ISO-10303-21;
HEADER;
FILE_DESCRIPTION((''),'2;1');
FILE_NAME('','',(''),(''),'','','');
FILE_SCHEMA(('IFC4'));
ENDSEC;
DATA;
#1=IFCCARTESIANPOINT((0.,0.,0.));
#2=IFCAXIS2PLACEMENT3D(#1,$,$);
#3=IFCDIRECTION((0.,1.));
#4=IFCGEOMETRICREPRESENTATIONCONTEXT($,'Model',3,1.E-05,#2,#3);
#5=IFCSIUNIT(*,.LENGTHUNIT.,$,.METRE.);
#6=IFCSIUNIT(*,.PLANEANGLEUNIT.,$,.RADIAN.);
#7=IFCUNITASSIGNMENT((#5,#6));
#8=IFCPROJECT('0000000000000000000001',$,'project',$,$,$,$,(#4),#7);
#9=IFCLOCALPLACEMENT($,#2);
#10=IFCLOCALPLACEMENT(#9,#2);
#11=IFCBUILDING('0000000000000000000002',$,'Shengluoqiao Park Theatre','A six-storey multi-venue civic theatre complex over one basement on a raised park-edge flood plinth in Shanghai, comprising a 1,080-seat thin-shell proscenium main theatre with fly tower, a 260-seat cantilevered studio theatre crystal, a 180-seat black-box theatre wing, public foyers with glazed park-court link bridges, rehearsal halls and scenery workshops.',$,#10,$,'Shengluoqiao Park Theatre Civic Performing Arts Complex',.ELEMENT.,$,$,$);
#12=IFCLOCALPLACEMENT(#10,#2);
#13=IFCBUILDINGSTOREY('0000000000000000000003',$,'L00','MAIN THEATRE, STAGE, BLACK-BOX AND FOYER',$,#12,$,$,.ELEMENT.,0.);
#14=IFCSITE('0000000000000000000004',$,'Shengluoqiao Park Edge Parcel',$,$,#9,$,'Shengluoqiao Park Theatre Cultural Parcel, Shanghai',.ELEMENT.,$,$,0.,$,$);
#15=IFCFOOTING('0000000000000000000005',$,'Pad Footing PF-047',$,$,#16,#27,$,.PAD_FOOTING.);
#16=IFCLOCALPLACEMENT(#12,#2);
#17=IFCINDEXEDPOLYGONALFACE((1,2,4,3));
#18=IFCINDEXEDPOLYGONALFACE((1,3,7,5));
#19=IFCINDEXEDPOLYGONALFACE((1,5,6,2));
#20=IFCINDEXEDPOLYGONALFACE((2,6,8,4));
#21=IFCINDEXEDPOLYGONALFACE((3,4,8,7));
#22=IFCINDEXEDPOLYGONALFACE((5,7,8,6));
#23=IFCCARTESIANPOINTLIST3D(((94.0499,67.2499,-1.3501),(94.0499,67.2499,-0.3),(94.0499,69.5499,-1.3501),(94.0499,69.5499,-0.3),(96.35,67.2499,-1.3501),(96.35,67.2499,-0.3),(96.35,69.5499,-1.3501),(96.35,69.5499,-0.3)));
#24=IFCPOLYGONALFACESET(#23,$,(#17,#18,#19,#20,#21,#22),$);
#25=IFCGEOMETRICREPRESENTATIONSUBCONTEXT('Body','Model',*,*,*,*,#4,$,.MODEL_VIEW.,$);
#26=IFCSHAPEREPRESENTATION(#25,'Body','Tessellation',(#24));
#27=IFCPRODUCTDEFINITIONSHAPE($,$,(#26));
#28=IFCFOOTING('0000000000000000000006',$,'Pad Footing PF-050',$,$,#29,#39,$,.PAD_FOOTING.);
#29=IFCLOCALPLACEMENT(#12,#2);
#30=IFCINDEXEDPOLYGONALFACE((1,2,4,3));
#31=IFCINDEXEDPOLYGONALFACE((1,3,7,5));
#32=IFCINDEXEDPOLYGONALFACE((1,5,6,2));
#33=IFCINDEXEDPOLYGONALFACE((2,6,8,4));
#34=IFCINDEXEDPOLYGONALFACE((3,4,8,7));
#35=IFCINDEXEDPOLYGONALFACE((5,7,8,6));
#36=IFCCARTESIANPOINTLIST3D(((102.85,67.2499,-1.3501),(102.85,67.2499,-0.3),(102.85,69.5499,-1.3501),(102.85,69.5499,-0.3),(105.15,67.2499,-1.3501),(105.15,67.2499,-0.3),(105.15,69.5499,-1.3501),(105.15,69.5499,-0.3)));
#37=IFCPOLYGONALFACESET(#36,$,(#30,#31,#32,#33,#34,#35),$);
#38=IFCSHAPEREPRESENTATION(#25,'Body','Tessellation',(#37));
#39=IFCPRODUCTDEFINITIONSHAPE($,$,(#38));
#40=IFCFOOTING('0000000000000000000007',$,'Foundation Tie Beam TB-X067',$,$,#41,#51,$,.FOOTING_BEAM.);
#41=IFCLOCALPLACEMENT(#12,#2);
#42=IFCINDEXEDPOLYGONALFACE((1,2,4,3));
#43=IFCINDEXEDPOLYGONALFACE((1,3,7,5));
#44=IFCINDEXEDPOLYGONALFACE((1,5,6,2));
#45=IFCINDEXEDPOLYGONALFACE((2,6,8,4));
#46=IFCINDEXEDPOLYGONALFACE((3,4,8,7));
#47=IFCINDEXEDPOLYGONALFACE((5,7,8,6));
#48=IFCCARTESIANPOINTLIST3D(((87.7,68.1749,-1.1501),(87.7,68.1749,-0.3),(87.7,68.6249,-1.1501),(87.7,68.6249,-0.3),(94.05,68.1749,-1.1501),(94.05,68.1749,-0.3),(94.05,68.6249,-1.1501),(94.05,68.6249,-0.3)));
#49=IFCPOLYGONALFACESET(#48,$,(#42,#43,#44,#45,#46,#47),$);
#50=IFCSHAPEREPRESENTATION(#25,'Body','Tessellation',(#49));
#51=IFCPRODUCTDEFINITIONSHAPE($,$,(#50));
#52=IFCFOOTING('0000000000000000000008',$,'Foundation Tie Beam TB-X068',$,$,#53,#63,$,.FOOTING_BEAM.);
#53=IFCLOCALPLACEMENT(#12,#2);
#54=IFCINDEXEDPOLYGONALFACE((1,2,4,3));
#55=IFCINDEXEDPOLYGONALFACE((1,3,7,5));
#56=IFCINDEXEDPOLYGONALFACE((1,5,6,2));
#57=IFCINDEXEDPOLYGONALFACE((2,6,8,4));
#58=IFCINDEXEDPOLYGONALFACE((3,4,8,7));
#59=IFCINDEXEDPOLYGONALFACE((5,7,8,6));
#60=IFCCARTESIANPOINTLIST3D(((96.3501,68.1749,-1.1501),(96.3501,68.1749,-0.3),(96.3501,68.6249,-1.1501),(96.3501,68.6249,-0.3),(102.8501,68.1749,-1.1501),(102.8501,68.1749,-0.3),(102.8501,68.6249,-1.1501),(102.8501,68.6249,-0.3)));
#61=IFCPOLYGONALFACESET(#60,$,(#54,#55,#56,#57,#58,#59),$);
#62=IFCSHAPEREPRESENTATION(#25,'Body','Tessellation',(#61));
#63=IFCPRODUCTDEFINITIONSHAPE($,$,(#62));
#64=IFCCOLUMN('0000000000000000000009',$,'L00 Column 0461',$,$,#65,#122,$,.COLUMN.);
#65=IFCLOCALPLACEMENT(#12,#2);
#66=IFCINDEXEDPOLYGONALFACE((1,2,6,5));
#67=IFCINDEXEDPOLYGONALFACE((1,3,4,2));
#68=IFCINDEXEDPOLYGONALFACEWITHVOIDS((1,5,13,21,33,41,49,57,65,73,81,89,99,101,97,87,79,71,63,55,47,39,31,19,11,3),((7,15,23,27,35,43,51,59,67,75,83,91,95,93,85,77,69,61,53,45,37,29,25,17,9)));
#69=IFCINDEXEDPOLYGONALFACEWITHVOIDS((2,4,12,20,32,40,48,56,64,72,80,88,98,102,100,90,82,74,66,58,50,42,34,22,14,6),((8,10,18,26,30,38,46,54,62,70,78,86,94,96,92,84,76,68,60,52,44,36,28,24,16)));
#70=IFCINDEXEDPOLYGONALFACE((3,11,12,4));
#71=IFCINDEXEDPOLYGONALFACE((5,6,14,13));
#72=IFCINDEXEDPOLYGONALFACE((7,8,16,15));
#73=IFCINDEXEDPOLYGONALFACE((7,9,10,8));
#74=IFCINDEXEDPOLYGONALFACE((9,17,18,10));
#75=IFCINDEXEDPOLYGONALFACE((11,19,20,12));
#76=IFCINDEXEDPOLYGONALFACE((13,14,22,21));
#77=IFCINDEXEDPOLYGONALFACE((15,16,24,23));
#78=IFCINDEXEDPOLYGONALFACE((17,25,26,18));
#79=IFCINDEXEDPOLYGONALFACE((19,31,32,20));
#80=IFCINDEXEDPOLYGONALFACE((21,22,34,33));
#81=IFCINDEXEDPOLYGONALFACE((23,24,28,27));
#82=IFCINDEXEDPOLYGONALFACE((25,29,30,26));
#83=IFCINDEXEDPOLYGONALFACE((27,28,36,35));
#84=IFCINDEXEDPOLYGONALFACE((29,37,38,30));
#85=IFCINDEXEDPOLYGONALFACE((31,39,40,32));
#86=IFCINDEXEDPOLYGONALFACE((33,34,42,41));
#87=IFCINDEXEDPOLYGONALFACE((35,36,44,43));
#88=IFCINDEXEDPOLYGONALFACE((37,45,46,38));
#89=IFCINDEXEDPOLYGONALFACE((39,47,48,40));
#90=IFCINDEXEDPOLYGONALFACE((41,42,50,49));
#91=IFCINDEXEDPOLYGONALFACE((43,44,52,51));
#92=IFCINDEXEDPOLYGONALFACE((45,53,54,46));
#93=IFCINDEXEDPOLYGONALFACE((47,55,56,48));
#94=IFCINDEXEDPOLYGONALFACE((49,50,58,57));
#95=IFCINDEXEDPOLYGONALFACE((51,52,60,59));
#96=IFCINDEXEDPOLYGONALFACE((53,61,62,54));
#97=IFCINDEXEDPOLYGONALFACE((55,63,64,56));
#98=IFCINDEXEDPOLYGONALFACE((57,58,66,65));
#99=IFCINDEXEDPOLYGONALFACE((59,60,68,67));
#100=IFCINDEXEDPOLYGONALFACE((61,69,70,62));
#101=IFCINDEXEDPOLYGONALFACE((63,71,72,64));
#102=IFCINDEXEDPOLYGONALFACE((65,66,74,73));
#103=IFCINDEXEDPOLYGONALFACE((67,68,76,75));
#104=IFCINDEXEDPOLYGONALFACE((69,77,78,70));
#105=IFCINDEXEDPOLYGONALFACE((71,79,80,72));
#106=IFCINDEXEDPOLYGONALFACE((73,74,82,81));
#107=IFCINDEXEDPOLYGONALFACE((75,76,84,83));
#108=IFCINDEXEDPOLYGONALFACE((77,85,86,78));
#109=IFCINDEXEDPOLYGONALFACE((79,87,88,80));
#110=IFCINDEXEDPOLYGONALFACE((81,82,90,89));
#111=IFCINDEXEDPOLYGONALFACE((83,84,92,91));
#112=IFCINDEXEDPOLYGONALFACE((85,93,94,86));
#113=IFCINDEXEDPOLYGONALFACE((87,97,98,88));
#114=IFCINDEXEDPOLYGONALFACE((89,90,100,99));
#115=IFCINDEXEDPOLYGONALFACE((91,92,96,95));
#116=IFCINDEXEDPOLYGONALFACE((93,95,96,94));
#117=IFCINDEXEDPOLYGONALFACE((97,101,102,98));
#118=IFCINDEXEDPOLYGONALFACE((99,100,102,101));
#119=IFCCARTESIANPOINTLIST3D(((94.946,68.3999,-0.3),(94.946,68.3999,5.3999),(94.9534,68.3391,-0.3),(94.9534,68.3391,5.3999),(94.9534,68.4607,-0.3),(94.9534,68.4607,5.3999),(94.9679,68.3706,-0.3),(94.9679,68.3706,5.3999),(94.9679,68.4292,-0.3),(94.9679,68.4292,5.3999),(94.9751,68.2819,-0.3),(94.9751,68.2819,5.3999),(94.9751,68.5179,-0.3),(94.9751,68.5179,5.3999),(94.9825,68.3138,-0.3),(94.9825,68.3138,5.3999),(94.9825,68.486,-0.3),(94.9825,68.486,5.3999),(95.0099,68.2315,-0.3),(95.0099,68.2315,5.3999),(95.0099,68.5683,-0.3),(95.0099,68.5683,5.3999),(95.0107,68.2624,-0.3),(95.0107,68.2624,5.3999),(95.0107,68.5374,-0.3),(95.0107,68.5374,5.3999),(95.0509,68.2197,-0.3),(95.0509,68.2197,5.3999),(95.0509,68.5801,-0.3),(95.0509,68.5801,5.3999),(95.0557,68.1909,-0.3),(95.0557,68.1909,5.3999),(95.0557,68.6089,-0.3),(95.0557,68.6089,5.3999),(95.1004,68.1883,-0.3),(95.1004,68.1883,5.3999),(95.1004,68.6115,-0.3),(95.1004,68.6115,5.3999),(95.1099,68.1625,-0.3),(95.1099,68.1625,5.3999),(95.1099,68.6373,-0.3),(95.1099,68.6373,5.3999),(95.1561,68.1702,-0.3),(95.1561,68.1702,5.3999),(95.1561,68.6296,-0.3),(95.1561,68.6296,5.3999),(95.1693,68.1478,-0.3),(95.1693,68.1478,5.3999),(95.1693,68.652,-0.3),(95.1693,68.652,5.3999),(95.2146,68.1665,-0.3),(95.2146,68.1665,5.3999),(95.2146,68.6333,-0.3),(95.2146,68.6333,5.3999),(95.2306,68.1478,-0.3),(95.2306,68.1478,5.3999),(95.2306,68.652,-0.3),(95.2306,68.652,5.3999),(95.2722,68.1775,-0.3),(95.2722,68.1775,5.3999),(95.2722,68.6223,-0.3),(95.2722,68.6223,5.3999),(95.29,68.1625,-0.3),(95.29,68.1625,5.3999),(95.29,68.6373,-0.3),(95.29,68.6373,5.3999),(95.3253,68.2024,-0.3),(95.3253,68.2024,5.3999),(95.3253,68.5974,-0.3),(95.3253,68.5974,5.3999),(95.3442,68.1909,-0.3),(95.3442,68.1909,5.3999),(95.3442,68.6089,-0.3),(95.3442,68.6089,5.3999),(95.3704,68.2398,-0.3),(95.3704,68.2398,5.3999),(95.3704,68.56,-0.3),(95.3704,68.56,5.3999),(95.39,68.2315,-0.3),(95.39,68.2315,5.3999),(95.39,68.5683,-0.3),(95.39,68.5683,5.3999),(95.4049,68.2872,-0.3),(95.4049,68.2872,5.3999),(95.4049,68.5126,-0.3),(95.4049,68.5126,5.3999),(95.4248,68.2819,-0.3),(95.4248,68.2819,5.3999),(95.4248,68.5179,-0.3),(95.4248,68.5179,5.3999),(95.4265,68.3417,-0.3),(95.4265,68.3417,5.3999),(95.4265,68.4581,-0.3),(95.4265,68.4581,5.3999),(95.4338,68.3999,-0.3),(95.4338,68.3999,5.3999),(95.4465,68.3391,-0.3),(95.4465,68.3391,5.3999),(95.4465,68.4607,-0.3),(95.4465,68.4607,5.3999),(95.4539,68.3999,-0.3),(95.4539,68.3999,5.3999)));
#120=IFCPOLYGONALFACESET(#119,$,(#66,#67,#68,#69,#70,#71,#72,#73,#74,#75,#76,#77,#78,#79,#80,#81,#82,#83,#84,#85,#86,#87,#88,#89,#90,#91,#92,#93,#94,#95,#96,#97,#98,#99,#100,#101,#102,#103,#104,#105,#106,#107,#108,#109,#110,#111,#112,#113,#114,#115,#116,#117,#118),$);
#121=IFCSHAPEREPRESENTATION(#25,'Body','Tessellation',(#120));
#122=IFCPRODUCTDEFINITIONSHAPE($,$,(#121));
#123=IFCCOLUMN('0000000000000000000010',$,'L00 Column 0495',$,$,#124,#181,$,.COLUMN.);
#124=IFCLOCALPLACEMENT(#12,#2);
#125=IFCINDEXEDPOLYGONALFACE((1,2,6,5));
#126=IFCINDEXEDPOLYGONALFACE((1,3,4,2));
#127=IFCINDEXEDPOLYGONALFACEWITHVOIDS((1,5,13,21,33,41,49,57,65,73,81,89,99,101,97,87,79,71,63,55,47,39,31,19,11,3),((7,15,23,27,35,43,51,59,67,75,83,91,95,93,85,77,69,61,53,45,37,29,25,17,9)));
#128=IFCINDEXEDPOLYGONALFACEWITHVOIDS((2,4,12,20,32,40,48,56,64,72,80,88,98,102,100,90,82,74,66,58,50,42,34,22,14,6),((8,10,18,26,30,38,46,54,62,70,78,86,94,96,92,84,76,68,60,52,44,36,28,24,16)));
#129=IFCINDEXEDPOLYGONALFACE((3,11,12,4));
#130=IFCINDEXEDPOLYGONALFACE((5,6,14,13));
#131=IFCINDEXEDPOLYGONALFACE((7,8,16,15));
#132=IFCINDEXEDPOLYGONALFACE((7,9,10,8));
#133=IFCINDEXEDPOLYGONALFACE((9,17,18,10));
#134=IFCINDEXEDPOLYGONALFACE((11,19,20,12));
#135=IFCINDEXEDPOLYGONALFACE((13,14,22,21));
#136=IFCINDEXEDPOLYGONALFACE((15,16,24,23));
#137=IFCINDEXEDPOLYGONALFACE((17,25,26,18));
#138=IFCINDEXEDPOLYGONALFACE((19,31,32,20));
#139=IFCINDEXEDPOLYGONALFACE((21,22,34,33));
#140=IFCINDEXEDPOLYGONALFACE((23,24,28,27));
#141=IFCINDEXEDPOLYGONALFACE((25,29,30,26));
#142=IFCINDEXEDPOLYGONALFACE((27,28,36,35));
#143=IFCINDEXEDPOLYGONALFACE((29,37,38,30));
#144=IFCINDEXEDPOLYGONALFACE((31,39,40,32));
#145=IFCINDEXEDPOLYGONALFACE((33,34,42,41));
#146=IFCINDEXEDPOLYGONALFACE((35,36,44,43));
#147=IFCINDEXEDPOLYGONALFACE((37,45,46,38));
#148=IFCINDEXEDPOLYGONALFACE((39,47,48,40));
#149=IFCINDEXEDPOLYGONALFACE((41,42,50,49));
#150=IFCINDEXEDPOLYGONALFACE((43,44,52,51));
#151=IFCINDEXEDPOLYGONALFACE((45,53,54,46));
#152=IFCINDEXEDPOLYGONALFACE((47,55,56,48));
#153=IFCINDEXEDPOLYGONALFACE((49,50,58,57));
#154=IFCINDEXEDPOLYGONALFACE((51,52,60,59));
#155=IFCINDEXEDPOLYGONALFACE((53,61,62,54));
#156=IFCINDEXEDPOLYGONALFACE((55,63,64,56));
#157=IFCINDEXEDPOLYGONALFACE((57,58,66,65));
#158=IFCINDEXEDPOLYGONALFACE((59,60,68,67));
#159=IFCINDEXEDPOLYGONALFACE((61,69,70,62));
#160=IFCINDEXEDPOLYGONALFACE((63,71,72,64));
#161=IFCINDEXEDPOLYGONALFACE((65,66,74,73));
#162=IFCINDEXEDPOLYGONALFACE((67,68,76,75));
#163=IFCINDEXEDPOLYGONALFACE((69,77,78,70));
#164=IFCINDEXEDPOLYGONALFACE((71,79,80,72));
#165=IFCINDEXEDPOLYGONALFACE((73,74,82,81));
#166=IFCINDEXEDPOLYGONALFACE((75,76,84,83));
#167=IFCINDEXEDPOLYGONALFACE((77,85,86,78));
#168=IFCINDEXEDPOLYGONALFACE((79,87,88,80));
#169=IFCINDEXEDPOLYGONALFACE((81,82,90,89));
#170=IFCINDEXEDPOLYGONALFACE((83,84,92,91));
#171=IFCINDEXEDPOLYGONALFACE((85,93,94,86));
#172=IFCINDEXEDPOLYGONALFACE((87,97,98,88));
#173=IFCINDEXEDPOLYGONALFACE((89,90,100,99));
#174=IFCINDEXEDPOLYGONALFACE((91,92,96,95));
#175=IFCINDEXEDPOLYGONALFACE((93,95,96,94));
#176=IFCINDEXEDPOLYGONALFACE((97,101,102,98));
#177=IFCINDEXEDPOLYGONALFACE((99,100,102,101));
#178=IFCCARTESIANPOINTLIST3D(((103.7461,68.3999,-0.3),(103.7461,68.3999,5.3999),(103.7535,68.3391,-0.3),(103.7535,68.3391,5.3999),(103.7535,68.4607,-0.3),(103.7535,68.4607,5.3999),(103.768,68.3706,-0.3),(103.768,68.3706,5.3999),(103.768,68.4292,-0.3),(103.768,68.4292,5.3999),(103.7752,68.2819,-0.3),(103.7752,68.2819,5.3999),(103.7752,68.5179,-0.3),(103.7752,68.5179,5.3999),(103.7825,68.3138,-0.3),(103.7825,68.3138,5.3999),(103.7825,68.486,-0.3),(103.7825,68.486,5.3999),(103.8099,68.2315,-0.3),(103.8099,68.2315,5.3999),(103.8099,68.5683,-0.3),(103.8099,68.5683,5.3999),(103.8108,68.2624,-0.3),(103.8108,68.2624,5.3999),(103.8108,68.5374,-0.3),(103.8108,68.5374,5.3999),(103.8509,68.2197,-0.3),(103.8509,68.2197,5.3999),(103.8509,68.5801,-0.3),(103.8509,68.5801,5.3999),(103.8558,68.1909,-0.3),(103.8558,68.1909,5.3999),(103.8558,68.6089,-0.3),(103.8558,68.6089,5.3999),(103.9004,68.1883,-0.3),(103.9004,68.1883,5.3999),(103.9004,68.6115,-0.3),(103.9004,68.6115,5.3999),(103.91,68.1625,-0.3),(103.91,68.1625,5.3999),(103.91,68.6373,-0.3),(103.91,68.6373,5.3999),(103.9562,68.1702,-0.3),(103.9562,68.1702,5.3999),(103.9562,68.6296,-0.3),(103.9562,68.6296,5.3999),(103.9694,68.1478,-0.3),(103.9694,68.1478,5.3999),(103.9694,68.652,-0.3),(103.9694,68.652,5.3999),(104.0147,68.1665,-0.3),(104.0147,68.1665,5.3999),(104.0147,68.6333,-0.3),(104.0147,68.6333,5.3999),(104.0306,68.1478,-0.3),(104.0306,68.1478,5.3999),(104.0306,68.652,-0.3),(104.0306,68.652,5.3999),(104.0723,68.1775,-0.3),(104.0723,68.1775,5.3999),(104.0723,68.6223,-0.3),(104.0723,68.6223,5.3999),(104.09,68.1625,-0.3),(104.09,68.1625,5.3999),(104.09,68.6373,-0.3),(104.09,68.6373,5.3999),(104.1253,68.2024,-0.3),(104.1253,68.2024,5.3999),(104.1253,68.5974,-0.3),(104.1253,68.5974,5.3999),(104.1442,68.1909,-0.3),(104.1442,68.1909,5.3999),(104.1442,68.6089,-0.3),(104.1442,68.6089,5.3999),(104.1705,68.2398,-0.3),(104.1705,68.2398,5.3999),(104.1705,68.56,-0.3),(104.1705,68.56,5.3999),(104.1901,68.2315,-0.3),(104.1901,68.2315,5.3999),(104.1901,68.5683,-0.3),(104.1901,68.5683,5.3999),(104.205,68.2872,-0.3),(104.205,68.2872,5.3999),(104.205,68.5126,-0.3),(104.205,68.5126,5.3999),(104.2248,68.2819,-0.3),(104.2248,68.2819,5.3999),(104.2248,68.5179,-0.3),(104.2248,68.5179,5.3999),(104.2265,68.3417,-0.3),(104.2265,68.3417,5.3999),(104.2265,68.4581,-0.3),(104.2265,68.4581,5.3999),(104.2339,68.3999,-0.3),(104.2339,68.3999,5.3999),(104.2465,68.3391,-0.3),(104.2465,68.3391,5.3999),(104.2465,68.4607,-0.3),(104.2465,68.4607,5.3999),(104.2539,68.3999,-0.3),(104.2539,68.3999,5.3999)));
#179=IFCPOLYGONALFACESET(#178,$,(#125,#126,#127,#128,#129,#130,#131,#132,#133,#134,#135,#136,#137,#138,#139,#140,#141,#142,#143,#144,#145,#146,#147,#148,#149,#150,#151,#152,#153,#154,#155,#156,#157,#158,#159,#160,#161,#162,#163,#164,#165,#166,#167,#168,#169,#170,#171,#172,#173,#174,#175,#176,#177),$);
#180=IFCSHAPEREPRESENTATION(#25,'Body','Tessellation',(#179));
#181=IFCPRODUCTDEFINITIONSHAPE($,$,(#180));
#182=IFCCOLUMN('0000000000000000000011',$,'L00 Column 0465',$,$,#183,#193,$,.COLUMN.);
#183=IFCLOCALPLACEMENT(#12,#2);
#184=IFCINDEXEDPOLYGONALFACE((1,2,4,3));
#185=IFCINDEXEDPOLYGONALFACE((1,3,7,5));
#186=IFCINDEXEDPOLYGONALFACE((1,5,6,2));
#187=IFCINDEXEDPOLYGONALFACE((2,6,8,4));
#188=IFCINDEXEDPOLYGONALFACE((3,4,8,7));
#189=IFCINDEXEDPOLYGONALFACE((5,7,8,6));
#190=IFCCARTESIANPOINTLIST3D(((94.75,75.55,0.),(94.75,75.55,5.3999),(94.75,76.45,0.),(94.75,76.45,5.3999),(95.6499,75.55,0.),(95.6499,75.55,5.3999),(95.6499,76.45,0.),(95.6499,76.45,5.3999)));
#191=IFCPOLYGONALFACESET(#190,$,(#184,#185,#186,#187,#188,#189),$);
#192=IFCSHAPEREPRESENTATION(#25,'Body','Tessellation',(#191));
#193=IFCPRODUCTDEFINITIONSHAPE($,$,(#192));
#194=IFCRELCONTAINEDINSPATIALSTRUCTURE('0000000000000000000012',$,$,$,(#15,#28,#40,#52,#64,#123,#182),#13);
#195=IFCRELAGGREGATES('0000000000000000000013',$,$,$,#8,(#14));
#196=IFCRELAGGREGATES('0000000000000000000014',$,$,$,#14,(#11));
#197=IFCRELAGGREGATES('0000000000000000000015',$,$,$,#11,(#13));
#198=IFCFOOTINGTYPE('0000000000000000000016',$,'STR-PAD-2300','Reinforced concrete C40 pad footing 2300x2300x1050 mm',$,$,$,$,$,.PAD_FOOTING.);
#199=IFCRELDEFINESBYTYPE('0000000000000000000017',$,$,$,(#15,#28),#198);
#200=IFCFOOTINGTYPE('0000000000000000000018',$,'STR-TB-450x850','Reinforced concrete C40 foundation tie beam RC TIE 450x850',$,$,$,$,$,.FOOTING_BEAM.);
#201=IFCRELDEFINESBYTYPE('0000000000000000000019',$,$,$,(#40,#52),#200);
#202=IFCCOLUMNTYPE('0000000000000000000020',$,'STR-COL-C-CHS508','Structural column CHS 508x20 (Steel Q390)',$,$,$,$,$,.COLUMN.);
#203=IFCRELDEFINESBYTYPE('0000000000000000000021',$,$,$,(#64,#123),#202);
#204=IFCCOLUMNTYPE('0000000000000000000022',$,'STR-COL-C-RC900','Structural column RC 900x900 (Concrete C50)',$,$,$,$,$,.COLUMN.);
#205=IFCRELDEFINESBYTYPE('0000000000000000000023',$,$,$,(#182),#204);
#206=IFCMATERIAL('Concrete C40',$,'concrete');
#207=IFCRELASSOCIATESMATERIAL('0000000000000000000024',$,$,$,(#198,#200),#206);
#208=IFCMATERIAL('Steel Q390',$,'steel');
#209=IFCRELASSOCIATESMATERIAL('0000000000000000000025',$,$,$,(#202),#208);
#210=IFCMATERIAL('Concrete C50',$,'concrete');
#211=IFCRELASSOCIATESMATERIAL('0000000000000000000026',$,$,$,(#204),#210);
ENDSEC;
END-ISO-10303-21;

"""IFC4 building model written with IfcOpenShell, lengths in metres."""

from ifc_helpers import new_model, si_unit, direction, frame, origin, origin_2d, place, context, subcontext, project, spatial, rectangle, hollow_circle, extrude, material, material_profile, profile_set, type_object, element, save


model = new_model("IFC4")

# Units and contexts
model_context = context("Model", 3, precision=1e-05, world=origin(), true_north=direction((0.0, 1.0)))
body_context = subcontext(model_context, "Body", "Model", "MODEL_VIEW")
ifc_project = project(units=[si_unit("LENGTHUNIT", "METRE"), si_unit("PLANEANGLEUNIT", "RADIAN")], contexts=[model_context])

# Site, building, storey
site_placement = place(None, origin())
site = spatial("IfcSite", under=ifc_project, at=site_placement, Name="Shengluoqiao Park Edge Parcel", LongName="Shengluoqiao Park Theatre Cultural Parcel, Shanghai", CompositionType="ELEMENT", RefElevation=0.0)
building_placement = place(site_placement, origin())
building = spatial("IfcBuilding", under=site, at=building_placement, Name="Shengluoqiao Park Theatre", Description="A six-storey multi-venue civic theatre complex over one basement on a raised park-edge flood plinth in Shanghai, comprising a 1,080-seat thin-shell proscenium main theatre with fly tower, a 260-seat cantilevered studio theatre crystal, a 180-seat black-box theatre wing, public foyers with glazed park-court link bridges, rehearsal halls and scenery workshops.", LongName="Shengluoqiao Park Theatre Civic Performing Arts Complex", CompositionType="ELEMENT")
storey_placement = place(building_placement, origin())
storey = spatial("IfcBuildingStorey", under=building, at=storey_placement, Name="L00", Description="MAIN THEATRE, STAGE, BLACK-BOX AND FOYER", CompositionType="ELEMENT", Elevation=0.0)

# Footings
ifc_material_1 = material(Name="Concrete C40", Category="concrete")
footing_type_1 = type_object("IfcFootingType", Name="STR-PAD-2300", Description="Reinforced concrete C40 pad footing 2300x2300x1050 mm", PredefinedType="PAD_FOOTING", material=ifc_material_1)
for number, where, z_axis, x_axis, name in (
    (1, (95.2, 68.3999, -1.3501), (0.0, 0.0, 1.0), (1.0, 0.0, 0.0), "Pad Footing PF-047"),
    (2, (104.0, 68.3999, -1.3501), (0.0, 0.0, 1.0), (1.0, 0.0, 0.0), "Pad Footing PF-050"),
):
    element("IfcFooting", number, at=place(storey_placement, frame(where, z_axis=z_axis, x_axis=x_axis)), inside=storey, type_object=footing_type_1, Name=name, PredefinedType="PAD_FOOTING", context=body_context, shape_type="SweptSolid", body=[
        extrude(rectangle(XDim=2.3, YDim=2.3, at=origin_2d()), origin(), (0.0, 0.0, 1.0), 1.05),
    ])
ifc_material_profile_1 = material_profile(ifc_material_1, rectangle(XDim=0.45, YDim=0.8501, at=origin_2d()), Name="RC TIE 450x850")
ifc_profile_set_1 = profile_set([ifc_material_profile_1], Name="Concrete C40")
footing_type_2 = type_object("IfcFootingType", Name="STR-TB-450x850", Description="Reinforced concrete C40 foundation tie beam RC TIE 450x850", PredefinedType="FOOTING_BEAM", material=ifc_profile_set_1)
footing_1_placement = place(storey_placement, frame((87.7, 68.3999, -0.7251), z_axis=(1.0, 0.0, 0.0), x_axis=(0.0, 1.0, 0.0)))
element("IfcFooting", 3, at=footing_1_placement, inside=storey, type_object=footing_type_2, Name="Foundation Tie Beam TB-X067", PredefinedType="FOOTING_BEAM", context=body_context, shape_type="SweptSolid", body=[
    extrude(rectangle(XDim=0.45, YDim=0.8501, at=origin_2d()), origin(), (0.0, 0.0, 1.0), 6.3501),
])
footing_2_placement = place(storey_placement, frame((96.3501, 68.3999, -0.7251), z_axis=(1.0, 0.0, 0.0), x_axis=(0.0, 1.0, 0.0)))
element("IfcFooting", 4, at=footing_2_placement, inside=storey, type_object=footing_type_2, Name="Foundation Tie Beam TB-X068", PredefinedType="FOOTING_BEAM", context=body_context, shape_type="SweptSolid", body=[
    extrude(rectangle(XDim=0.45, YDim=0.8501, at=origin_2d()), origin(), (0.0, 0.0, 1.0), 6.5),
])

# Columns
ifc_material_2 = material(Name="Steel Q390", Category="steel")
ifc_material_profile_2 = material_profile(ifc_material_2, hollow_circle(Radius=0.2539, WallThickness=0.02, at=origin_2d()), Name="CHS 508x20")
ifc_profile_set_2 = profile_set([ifc_material_profile_2], Name="Steel Q390")
column_type_1 = type_object("IfcColumnType", Name="STR-COL-C-CHS508", Description="Structural column CHS 508x20 (Steel Q390)", PredefinedType="COLUMN", material=ifc_profile_set_2)
for number, where, z_axis, x_axis, name in (
    (5, (95.2, 68.3999, -0.3), (0.0, 0.0, 1.0), (1.0, 0.0, 0.0), "L00 Column 0461"),
    (6, (104.0, 68.3999, -0.3), (0.0, 0.0, 1.0), (1.0, 0.0, 0.0), "L00 Column 0495"),
):
    element("IfcColumn", number, at=place(storey_placement, frame(where, z_axis=z_axis, x_axis=x_axis)), inside=storey, type_object=column_type_1, Name=name, PredefinedType="COLUMN", context=body_context, shape_type="SweptSolid", body=[
        extrude(hollow_circle(Radius=0.2539, WallThickness=0.02, at=origin_2d()), origin(), (0.0, 0.0, 1.0), 5.7),
    ])
ifc_material_3 = material(Name="Concrete C50", Category="concrete")
ifc_material_profile_3 = material_profile(ifc_material_3, rectangle(XDim=0.8999, YDim=0.8999, at=origin_2d()), Name="RC 900x900")
ifc_profile_set_3 = profile_set([ifc_material_profile_3], Name="Concrete C50")
column_type_2 = type_object("IfcColumnType", Name="STR-COL-C-RC900", Description="Structural column RC 900x900 (Concrete C50)", PredefinedType="COLUMN", material=ifc_profile_set_3)
for number, where, z_axis, x_axis, name in (
    (7, (95.2, 76.0, 0.0), (0.0, 0.0, 1.0), (1.0, 0.0, 0.0), "L00 Column 0465"),
):
    element("IfcColumn", number, at=place(storey_placement, frame(where, z_axis=z_axis, x_axis=x_axis)), inside=storey, type_object=column_type_2, Name=name, PredefinedType="COLUMN", context=body_context, shape_type="SweptSolid", body=[
        extrude(rectangle(XDim=0.8999, YDim=0.8999, at=origin_2d()), origin(), (0.0, 0.0, 1.0), 5.3999),
    ])

save(model, "model.ifc")
